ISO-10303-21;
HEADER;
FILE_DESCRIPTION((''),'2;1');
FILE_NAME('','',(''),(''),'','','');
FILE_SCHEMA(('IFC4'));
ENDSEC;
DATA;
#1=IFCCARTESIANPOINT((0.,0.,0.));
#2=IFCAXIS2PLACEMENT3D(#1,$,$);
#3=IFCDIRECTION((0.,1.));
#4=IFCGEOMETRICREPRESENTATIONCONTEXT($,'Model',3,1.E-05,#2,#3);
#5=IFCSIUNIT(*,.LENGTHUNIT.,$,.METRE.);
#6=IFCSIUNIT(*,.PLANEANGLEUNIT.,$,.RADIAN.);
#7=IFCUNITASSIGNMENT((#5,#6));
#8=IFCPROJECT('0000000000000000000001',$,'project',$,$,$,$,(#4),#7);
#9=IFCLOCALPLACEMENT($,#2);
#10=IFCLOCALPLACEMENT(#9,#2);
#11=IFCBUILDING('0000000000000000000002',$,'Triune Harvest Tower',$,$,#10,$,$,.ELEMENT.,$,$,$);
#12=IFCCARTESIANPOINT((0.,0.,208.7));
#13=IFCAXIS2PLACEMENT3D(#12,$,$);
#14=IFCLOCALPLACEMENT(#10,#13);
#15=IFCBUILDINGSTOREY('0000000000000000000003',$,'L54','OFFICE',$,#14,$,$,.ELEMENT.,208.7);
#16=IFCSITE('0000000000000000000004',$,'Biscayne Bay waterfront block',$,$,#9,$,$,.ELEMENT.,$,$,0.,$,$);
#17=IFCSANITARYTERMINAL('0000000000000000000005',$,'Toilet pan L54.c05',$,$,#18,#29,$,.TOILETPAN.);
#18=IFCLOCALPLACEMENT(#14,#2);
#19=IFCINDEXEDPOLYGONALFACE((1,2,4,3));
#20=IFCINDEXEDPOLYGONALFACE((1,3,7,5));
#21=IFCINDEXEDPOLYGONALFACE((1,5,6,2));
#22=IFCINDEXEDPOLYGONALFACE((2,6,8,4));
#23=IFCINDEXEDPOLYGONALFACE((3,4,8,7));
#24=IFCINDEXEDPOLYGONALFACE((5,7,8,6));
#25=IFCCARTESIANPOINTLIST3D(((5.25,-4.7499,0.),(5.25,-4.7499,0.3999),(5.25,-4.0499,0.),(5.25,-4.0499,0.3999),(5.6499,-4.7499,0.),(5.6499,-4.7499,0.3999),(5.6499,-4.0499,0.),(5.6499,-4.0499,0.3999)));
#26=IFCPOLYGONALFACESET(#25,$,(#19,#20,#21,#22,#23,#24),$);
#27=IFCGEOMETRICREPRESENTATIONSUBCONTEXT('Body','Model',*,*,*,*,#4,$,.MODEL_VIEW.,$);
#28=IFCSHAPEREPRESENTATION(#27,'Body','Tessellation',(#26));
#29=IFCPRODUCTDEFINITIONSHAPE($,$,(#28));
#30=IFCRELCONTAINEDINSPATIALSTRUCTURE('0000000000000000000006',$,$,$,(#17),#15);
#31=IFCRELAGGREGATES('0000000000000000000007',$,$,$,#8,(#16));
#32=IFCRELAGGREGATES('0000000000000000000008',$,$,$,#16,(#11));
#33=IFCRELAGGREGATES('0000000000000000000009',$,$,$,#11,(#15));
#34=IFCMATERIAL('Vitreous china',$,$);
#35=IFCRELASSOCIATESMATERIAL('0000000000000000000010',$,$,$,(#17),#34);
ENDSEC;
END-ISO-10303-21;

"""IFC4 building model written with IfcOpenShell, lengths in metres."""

from ifc_helpers import new_model, si_unit, direction, frame, origin, origin_2d, place, context, subcontext, project, spatial, rectangle, extrude, source, transform, mapped, material, element, save


model = new_model("IFC4")

# Units and contexts
model_context = context("Model", 3, precision=1e-05, world=origin(), true_north=direction((0.0, 1.0)))
body_context = subcontext(model_context, "Body", "Model", "MODEL_VIEW")
ifc_project = project(units=[si_unit("LENGTHUNIT", "METRE"), si_unit("PLANEANGLEUNIT", "RADIAN")], contexts=[model_context])

# Site, building, storey
site_placement = place(None, origin())
site = spatial("IfcSite", under=ifc_project, at=site_placement, Name="Biscayne Bay waterfront block", CompositionType="ELEMENT", RefElevation=0.0)
building_placement = place(site_placement, origin())
building = spatial("IfcBuilding", under=site, at=building_placement, Name="Triune Harvest Tower", CompositionType="ELEMENT")
storey_placement = place(building_placement, frame((0.0, 0.0, 208.7)))
storey = spatial("IfcBuildingStorey", under=building, at=storey_placement, Name="L54", Description="OFFICE", CompositionType="ELEMENT", Elevation=208.7)

# Sanitary terminal
ifc_material_1 = material(Name="Vitreous china")
shared_shape_1 = source(origin(), body_context, "Body", "SweptSolid", [
    extrude(rectangle(XDim=0.3999, YDim=0.7, at=origin_2d()), origin(), (0.0, 0.0, 1.0), 0.3999),
])
sanitary_terminal_placement = place(storey_placement, frame((5.45, -4.3999, 0.0), z_axis=(0.0, 0.0, 1.0), x_axis=(1.0, 0.0, 0.0)))
element("IfcSanitaryTerminal", 1, at=sanitary_terminal_placement, inside=storey, material=ifc_material_1, Name="Toilet pan L54.c05", PredefinedType="TOILETPAN", context=body_context, shape_type="MappedRepresentation", body=[
    mapped(shared_shape_1, transform((0.0, 0.0, 0.0), scale=1.0)),
])

save(model, "model.ifc")
